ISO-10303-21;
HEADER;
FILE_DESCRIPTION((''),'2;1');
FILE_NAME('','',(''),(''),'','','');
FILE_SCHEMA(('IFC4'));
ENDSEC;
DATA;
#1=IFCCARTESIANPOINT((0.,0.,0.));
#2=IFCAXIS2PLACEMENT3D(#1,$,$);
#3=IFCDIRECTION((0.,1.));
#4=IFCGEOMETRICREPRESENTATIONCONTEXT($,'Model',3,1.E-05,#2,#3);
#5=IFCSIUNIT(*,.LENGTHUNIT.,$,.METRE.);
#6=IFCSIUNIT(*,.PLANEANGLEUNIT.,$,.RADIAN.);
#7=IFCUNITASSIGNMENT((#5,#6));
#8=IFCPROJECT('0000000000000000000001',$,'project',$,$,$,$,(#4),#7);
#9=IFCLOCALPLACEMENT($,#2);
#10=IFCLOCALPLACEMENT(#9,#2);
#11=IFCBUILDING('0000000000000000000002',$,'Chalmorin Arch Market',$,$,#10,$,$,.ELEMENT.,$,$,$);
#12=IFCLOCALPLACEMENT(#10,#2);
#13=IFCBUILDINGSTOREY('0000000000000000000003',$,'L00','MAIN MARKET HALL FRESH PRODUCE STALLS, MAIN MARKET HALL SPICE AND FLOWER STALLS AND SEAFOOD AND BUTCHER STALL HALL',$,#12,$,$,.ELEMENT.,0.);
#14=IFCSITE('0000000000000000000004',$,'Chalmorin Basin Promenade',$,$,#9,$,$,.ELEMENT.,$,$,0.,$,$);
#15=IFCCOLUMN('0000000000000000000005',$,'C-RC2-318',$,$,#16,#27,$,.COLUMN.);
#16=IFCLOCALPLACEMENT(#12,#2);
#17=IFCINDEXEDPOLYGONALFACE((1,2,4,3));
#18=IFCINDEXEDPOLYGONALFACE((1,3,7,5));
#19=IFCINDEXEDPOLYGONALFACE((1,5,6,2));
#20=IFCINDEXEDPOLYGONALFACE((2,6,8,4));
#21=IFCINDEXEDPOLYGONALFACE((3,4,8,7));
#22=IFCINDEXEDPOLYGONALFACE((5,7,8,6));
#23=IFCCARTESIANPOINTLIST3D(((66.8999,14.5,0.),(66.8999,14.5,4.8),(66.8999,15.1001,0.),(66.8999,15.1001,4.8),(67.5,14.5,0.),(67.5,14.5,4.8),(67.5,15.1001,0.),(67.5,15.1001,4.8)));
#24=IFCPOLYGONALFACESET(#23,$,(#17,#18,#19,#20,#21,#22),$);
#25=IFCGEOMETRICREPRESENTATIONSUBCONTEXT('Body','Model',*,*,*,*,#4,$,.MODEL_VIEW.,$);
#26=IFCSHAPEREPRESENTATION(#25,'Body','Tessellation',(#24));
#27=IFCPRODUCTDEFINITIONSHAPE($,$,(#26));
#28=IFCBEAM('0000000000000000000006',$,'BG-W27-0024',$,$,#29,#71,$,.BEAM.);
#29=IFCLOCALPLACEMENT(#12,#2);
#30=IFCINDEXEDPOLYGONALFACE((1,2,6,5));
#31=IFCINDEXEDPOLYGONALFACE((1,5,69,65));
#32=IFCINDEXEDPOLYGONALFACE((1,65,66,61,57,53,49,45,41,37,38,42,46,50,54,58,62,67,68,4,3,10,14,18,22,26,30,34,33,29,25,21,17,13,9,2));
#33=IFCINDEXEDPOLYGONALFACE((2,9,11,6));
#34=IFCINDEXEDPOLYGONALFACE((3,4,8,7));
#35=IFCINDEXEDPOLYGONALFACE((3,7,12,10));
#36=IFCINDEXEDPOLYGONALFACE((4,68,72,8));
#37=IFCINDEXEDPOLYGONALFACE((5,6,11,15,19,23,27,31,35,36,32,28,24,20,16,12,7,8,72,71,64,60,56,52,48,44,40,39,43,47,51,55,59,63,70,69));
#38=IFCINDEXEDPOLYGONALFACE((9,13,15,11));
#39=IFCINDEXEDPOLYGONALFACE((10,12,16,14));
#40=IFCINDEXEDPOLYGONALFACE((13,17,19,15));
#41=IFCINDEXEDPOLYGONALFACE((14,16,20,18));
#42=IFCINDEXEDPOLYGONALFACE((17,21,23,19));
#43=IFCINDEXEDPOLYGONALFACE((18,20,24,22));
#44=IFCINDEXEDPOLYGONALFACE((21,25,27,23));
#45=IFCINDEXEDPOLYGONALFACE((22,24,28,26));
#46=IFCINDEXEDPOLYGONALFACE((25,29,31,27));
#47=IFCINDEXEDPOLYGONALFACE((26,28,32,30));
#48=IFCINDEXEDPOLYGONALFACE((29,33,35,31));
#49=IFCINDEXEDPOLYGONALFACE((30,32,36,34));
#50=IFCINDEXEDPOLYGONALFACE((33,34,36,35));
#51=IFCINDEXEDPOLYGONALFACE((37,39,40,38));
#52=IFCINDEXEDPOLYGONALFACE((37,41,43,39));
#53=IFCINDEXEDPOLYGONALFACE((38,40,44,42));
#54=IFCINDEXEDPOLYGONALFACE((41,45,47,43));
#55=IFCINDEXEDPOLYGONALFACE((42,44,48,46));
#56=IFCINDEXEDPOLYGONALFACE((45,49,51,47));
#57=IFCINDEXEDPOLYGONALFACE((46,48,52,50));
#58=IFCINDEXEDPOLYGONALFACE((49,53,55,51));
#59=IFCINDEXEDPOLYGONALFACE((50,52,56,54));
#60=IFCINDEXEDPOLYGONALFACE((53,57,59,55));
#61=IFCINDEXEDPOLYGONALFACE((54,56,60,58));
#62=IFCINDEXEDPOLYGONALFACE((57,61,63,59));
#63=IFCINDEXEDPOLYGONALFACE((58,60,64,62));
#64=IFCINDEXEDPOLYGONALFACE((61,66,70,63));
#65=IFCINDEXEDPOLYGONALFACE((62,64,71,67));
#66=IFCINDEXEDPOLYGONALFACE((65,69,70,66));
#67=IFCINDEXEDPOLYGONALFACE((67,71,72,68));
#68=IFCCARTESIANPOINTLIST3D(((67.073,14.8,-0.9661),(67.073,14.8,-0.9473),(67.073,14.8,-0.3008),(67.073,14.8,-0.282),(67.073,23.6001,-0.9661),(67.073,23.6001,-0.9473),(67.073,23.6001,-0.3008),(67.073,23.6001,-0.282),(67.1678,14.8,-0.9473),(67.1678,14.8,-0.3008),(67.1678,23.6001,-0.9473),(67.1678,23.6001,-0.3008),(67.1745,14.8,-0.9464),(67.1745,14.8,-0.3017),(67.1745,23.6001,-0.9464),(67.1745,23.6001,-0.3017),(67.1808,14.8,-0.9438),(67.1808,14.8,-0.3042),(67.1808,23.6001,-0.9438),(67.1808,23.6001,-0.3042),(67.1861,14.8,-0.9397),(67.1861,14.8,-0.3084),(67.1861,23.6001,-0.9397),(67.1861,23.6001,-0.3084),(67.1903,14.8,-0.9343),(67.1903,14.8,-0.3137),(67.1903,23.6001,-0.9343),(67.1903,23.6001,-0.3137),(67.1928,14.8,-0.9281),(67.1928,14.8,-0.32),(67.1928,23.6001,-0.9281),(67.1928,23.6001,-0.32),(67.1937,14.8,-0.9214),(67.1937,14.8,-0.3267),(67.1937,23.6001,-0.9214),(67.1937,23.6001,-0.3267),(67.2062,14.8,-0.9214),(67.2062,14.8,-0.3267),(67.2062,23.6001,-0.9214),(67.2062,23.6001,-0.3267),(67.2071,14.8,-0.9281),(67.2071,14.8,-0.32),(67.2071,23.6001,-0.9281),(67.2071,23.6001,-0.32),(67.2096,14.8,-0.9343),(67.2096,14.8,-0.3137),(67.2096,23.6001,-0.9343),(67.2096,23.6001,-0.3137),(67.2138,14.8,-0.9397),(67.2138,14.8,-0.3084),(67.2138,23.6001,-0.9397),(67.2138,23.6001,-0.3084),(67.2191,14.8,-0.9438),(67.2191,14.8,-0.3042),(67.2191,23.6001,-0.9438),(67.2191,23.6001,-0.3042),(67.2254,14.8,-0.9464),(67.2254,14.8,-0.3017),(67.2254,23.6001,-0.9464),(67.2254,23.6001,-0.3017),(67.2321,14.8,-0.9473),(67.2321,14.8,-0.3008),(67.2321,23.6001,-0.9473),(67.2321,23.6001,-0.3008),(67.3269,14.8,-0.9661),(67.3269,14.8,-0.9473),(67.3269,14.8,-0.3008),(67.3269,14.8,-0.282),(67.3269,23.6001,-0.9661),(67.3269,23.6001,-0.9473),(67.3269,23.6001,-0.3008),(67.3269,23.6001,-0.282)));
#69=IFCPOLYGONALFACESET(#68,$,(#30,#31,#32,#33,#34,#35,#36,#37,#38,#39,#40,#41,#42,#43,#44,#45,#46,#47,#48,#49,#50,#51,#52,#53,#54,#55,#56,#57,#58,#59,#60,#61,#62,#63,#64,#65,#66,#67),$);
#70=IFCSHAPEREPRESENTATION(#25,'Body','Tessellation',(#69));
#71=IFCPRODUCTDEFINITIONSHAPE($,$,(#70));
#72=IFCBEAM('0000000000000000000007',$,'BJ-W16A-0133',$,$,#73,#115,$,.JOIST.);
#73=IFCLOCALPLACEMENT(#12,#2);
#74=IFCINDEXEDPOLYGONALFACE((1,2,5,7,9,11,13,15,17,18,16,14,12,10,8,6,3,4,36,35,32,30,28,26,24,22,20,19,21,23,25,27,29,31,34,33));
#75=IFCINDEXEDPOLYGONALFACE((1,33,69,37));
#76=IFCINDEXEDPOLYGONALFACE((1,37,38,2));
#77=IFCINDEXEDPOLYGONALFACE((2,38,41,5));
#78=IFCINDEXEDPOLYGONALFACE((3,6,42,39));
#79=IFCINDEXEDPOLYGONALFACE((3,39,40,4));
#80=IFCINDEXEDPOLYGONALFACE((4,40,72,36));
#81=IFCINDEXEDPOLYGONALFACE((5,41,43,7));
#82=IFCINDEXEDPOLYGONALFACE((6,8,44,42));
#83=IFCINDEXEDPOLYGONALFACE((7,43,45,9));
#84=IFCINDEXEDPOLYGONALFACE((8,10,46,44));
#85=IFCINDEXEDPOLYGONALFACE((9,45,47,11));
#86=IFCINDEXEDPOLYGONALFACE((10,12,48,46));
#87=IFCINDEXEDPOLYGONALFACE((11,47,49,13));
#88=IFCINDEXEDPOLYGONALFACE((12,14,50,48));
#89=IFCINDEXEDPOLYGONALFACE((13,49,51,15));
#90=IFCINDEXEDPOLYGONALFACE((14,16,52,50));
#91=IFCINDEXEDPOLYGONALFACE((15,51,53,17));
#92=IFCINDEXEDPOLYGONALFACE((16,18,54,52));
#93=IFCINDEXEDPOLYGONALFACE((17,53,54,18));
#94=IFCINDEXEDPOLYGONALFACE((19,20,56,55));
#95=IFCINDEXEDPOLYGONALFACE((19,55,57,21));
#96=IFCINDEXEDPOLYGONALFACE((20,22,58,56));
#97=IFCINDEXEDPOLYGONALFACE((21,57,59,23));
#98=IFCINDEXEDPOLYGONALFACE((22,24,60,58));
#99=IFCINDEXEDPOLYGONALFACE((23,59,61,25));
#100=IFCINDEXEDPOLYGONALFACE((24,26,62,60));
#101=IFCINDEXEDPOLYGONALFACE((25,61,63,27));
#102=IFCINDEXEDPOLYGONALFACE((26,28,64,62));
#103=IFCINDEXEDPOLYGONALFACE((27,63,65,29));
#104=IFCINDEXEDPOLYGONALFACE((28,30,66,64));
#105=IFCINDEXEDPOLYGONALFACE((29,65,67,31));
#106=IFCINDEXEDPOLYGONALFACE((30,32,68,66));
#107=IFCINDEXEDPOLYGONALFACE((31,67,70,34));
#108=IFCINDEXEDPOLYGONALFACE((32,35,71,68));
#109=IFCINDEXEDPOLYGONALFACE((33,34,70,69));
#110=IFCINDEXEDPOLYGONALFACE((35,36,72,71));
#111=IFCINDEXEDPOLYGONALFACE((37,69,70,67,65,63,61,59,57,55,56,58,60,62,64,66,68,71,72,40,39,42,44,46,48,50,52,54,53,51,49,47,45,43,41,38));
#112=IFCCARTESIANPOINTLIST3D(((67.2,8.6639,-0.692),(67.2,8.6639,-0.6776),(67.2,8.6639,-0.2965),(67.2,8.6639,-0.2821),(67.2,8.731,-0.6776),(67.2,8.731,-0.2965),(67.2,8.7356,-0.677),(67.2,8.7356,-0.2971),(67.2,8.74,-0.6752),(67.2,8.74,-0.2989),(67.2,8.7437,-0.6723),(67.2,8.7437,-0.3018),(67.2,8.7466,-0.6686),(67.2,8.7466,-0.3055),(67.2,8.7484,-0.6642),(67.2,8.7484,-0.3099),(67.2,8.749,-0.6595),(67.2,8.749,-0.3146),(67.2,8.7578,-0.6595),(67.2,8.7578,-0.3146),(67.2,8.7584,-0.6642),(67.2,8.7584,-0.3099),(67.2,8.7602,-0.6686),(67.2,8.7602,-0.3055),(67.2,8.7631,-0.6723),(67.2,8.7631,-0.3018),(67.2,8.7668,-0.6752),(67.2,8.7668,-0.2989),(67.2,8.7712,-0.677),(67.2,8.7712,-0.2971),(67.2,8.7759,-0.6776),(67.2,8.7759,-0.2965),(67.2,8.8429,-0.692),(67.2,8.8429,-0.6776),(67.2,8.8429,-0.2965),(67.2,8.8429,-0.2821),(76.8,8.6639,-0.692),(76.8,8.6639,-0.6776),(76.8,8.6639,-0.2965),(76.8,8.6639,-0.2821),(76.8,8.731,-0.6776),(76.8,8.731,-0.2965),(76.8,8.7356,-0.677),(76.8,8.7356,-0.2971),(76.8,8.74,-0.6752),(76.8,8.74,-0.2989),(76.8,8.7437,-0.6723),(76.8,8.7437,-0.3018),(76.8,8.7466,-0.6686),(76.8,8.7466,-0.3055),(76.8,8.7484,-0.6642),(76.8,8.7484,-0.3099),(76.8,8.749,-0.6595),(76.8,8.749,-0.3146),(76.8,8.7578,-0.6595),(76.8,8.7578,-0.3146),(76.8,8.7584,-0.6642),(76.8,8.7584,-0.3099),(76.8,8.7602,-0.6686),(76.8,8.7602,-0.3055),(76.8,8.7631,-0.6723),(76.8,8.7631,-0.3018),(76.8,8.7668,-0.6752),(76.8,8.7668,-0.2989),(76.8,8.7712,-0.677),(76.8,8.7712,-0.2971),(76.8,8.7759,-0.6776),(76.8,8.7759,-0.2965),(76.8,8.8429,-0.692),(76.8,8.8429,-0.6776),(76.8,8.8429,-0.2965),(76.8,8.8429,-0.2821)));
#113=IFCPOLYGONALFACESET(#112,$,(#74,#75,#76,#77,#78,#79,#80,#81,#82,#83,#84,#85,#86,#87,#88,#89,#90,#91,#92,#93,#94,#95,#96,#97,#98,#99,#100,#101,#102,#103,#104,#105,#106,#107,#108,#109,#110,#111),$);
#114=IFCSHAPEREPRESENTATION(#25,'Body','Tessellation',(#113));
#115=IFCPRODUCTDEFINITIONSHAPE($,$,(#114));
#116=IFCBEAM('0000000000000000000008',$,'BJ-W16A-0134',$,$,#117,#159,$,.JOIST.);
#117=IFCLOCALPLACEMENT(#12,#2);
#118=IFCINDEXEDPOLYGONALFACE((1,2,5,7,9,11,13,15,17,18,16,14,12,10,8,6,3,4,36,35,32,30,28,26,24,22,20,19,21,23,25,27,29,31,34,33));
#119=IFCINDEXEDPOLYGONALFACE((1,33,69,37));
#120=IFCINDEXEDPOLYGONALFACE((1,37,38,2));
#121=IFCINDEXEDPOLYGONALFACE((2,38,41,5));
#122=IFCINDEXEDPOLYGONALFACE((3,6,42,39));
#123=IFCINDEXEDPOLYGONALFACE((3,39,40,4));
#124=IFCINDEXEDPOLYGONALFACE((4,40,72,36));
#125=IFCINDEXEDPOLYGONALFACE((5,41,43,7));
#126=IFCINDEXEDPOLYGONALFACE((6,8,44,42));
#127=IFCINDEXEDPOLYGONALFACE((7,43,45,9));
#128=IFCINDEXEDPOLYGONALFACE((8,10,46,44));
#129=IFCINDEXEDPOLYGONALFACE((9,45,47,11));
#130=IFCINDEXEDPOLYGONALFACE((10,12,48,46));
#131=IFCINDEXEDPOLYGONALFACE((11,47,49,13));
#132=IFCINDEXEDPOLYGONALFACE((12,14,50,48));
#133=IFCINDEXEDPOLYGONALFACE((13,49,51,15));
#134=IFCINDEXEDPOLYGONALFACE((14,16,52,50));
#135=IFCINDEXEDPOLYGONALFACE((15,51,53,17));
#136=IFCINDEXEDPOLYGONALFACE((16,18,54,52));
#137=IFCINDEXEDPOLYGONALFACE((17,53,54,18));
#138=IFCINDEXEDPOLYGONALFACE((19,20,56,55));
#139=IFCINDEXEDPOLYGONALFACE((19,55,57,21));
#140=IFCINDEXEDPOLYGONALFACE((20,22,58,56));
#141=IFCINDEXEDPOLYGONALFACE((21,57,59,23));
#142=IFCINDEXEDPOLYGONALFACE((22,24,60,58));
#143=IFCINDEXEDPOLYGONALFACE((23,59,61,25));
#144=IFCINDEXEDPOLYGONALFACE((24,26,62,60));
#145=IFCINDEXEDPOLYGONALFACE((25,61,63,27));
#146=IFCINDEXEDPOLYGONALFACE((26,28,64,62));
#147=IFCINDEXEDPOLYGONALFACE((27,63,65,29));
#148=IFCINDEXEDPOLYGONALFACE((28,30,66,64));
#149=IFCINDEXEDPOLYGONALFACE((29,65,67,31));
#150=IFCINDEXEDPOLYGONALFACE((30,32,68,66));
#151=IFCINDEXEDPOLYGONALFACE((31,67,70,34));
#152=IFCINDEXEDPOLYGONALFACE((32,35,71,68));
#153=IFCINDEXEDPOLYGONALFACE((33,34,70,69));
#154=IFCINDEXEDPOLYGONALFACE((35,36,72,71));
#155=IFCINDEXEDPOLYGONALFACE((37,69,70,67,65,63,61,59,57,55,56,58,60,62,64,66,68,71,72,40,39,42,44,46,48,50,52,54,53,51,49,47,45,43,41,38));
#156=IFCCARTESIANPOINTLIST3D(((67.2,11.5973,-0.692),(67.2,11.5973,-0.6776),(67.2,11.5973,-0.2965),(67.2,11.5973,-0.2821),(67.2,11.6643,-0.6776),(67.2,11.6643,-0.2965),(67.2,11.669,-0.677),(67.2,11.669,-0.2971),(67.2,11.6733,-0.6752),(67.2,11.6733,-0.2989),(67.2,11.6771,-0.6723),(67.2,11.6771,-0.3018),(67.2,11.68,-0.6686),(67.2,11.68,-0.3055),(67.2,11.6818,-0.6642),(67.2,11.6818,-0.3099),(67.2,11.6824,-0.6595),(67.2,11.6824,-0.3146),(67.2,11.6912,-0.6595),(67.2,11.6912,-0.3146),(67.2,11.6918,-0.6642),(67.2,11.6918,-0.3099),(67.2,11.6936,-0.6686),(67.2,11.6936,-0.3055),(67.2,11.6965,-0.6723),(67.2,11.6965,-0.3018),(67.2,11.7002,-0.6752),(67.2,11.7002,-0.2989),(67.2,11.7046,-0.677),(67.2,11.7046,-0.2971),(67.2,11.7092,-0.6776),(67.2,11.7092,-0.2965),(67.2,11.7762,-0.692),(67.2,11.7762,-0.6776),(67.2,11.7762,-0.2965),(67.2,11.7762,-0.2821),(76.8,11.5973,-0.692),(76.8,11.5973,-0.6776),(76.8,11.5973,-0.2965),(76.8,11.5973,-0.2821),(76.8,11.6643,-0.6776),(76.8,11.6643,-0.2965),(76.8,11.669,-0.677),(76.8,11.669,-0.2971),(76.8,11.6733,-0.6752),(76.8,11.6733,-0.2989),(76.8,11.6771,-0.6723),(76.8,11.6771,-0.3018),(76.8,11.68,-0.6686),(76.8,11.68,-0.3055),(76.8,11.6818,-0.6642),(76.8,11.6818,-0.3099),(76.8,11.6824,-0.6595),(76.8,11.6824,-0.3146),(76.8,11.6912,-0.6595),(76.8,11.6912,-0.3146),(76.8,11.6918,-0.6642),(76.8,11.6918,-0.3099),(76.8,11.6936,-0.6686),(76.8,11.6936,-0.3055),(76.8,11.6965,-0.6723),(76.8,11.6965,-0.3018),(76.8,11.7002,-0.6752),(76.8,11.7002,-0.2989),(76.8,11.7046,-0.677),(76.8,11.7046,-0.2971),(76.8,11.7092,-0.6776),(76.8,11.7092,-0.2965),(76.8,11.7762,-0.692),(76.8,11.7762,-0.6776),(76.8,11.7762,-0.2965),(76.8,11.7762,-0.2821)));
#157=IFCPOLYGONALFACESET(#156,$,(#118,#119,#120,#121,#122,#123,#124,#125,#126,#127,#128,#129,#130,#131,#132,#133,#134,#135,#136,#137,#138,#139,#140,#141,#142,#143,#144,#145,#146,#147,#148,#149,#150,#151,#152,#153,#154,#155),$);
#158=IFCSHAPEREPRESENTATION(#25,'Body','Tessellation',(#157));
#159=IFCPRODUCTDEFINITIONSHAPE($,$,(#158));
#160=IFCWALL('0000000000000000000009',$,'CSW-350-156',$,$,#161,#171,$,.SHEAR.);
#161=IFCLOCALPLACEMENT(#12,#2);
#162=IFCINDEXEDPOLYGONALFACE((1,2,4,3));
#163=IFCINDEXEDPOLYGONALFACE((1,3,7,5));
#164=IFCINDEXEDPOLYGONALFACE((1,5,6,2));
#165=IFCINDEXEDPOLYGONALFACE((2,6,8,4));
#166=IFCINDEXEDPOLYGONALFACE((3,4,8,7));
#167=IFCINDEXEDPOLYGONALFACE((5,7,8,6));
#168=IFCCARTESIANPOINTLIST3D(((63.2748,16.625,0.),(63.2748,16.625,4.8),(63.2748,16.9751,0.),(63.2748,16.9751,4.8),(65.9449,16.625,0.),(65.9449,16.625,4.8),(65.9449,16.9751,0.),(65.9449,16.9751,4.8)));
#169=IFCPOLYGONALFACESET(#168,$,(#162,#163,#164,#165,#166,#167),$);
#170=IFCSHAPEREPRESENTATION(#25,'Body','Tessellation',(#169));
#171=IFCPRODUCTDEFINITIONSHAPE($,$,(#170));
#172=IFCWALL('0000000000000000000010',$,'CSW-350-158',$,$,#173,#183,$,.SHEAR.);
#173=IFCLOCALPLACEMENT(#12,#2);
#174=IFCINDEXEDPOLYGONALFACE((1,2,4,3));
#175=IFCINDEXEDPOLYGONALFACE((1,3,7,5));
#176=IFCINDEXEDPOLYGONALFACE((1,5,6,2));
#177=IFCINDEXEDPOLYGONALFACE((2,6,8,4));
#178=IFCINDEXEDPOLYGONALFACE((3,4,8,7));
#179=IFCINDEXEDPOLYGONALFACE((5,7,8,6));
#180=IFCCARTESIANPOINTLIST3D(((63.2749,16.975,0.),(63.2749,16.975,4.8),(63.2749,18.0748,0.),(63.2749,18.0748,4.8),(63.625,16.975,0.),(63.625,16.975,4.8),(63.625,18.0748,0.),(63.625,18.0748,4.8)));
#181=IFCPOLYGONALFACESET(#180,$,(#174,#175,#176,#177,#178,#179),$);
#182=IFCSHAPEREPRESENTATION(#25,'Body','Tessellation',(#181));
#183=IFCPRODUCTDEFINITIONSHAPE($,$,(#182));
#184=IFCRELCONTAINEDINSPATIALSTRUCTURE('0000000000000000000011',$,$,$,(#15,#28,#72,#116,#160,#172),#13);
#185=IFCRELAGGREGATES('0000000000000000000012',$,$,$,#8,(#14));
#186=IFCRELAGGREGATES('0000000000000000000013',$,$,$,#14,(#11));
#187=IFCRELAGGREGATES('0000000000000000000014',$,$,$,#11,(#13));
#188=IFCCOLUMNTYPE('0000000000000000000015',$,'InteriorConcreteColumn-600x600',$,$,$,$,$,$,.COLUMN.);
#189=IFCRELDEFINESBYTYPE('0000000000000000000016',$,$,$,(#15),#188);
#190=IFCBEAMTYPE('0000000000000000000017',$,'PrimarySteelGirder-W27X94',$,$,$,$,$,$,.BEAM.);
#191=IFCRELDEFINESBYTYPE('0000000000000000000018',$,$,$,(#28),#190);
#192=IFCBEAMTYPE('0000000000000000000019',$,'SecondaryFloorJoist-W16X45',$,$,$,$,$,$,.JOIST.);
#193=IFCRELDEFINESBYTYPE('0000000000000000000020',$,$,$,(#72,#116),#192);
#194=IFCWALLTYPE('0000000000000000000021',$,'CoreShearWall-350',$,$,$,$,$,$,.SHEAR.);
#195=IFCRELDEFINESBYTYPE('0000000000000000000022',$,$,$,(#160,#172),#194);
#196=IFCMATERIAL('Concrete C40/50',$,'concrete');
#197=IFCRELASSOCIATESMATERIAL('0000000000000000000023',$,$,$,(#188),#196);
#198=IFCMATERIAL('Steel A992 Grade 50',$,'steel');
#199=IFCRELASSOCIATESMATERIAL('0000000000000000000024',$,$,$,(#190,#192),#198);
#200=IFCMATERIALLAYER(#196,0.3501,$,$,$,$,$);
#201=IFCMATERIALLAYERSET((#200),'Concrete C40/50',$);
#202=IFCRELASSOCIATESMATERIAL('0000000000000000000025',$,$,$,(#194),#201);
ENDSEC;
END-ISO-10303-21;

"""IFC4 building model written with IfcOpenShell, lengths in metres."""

from ifc_helpers import new_model, si_unit, direction, frame, frame_2d, origin, origin_2d, place, context, subcontext, project, spatial, rectangle, i_section, extrude, material, layer, layer_set, material_profile, profile_set, type_object, element, save


model = new_model("IFC4")

# Units and contexts
model_context = context("Model", 3, precision=1e-05, world=origin(), true_north=direction((0.0, 1.0)))
body_context = subcontext(model_context, "Body", "Model", "MODEL_VIEW")
ifc_project = project(units=[si_unit("LENGTHUNIT", "METRE"), si_unit("PLANEANGLEUNIT", "RADIAN")], contexts=[model_context])

# Site, building, storey
site_placement = place(None, origin())
site = spatial("IfcSite", under=ifc_project, at=site_placement, Name="Chalmorin Basin Promenade", CompositionType="ELEMENT", RefElevation=0.0)
building_placement = place(site_placement, origin())
building = spatial("IfcBuilding", under=site, at=building_placement, Name="Chalmorin Arch Market", CompositionType="ELEMENT")
storey_placement = place(building_placement, origin())
storey = spatial("IfcBuildingStorey", under=building, at=storey_placement, Name="L00", Description="MAIN MARKET HALL FRESH PRODUCE STALLS, MAIN MARKET HALL SPICE AND FLOWER STALLS AND SEAFOOD AND BUTCHER STALL HALL", CompositionType="ELEMENT", Elevation=0.0)

# Column
ifc_material_1 = material(Name="Concrete C40/50", Category="concrete")
ifc_material_profile_1 = material_profile(ifc_material_1, rectangle(XDim=0.6001, YDim=0.6001, at=origin_2d()), Name="RC600X600")
ifc_profile_set_1 = profile_set([ifc_material_profile_1], Name="Concrete C40/50")
column_type = type_object("IfcColumnType", Name="InteriorConcreteColumn-600x600", PredefinedType="COLUMN", material=ifc_profile_set_1)
column_placement = place(storey_placement, frame((67.2, 14.8, 0.0), z_axis=(0.0, 0.0, 1.0), x_axis=(1.0, 0.0, 0.0)))
element("IfcColumn", 1, at=column_placement, inside=storey, type_object=column_type, Name="C-RC2-318", PredefinedType="COLUMN", context=body_context, shape_type="SweptSolid", body=[
    extrude(rectangle(XDim=0.6001, YDim=0.6001, at=origin_2d()), origin(), (0.0, 0.0, 1.0), 4.8),
])

# Beams
ifc_material_2 = material(Name="Steel A992 Grade 50", Category="steel")
ifc_material_profile_2 = material_profile(ifc_material_2, i_section(OverallWidth=0.2539, OverallDepth=0.6841, WebThickness=0.0125, FlangeThickness=0.0188, FilletRadius=0.0259, at=origin_2d()), Name="W27X94")
ifc_profile_set_2 = profile_set([ifc_material_profile_2], Name="Steel A992 Grade 50")
beam_type_1 = type_object("IfcBeamType", Name="PrimarySteelGirder-W27X94", PredefinedType="BEAM", material=ifc_profile_set_2)
beam_placement = place(storey_placement, frame((67.2, 14.8, -0.624), z_axis=(0.0, 1.0, 0.0), x_axis=(-1.0, 0.0, 0.0)))
element("IfcBeam", 2, at=beam_placement, inside=storey, type_object=beam_type_1, Name="BG-W27-0024", PredefinedType="BEAM", context=body_context, shape_type="SweptSolid", body=[
    extrude(i_section(OverallWidth=0.2539, OverallDepth=0.6841, WebThickness=0.0125, FlangeThickness=0.0188, FilletRadius=0.0259, at=origin_2d()), origin(), (0.0, 0.0, 1.0), 8.8),
])
ifc_material_profile_3 = material_profile(ifc_material_2, i_section(OverallWidth=0.179, OverallDepth=0.4099, WebThickness=0.0088, FlangeThickness=0.0144, FilletRadius=0.0181, at=origin_2d()), Name="W16X45")
ifc_profile_set_3 = profile_set([ifc_material_profile_3], Name="Steel A992 Grade 50")
beam_type_2 = type_object("IfcBeamType", Name="SecondaryFloorJoist-W16X45", PredefinedType="JOIST", material=ifc_profile_set_3)
for number, where, z_axis, x_axis, name in (
    (3, (67.2, 8.7534, -0.4871), (1.0, 0.0, 0.0), (0.0, 1.0, 0.0), "BJ-W16A-0133"),
    (4, (67.2, 11.6868, -0.4871), (1.0, 0.0, 0.0), (0.0, 1.0, 0.0), "BJ-W16A-0134"),
):
    element("IfcBeam", number, at=place(storey_placement, frame(where, z_axis=z_axis, x_axis=x_axis)), inside=storey, type_object=beam_type_2, Name=name, PredefinedType="JOIST", context=body_context, shape_type="SweptSolid", body=[
        extrude(i_section(OverallWidth=0.179, OverallDepth=0.4099, WebThickness=0.0088, FlangeThickness=0.0144, FilletRadius=0.0181, at=origin_2d()), origin(), (0.0, 0.0, 1.0), 9.6001),
    ])

# Walls
ifc_layer_1 = layer(ifc_material_1, 0.3501)
ifc_layer_set_1 = layer_set([ifc_layer_1], Name="Concrete C40/50")
wall_type_1 = type_object("IfcWallType", Name="CoreShearWall-350", PredefinedType="SHEAR", material=ifc_layer_set_1)
wall_1_placement = place(storey_placement, frame((63.2749, 16.8, 0.0), z_axis=(0.0, 0.0, 1.0), x_axis=(1.0, 0.0, 0.0)))
element("IfcWall", 5, at=wall_1_placement, inside=storey, type_object=wall_type_1, Name="CSW-350-156", PredefinedType="SHEAR", context=body_context, shape_type="SweptSolid", body=[
    extrude(rectangle(XDim=2.6702, YDim=0.3501, at=frame_2d((1.335, 0.0))), origin(), (0.0, 0.0, 1.0), 4.8),
])
wall_2_placement = place(storey_placement, frame((63.45, 16.9751, 0.0), z_axis=(0.0, 0.0, 1.0), x_axis=(0.0, 1.0, 0.0)))
element("IfcWall", 6, at=wall_2_placement, inside=storey, type_object=wall_type_1, Name="CSW-350-158", PredefinedType="SHEAR", context=body_context, shape_type="SweptSolid", body=[
    extrude(rectangle(XDim=1.0999, YDim=0.3501, at=frame_2d((0.5498, 0.0))), origin(), (0.0, 0.0, 1.0), 4.8),
])

save(model, "model.ifc")
